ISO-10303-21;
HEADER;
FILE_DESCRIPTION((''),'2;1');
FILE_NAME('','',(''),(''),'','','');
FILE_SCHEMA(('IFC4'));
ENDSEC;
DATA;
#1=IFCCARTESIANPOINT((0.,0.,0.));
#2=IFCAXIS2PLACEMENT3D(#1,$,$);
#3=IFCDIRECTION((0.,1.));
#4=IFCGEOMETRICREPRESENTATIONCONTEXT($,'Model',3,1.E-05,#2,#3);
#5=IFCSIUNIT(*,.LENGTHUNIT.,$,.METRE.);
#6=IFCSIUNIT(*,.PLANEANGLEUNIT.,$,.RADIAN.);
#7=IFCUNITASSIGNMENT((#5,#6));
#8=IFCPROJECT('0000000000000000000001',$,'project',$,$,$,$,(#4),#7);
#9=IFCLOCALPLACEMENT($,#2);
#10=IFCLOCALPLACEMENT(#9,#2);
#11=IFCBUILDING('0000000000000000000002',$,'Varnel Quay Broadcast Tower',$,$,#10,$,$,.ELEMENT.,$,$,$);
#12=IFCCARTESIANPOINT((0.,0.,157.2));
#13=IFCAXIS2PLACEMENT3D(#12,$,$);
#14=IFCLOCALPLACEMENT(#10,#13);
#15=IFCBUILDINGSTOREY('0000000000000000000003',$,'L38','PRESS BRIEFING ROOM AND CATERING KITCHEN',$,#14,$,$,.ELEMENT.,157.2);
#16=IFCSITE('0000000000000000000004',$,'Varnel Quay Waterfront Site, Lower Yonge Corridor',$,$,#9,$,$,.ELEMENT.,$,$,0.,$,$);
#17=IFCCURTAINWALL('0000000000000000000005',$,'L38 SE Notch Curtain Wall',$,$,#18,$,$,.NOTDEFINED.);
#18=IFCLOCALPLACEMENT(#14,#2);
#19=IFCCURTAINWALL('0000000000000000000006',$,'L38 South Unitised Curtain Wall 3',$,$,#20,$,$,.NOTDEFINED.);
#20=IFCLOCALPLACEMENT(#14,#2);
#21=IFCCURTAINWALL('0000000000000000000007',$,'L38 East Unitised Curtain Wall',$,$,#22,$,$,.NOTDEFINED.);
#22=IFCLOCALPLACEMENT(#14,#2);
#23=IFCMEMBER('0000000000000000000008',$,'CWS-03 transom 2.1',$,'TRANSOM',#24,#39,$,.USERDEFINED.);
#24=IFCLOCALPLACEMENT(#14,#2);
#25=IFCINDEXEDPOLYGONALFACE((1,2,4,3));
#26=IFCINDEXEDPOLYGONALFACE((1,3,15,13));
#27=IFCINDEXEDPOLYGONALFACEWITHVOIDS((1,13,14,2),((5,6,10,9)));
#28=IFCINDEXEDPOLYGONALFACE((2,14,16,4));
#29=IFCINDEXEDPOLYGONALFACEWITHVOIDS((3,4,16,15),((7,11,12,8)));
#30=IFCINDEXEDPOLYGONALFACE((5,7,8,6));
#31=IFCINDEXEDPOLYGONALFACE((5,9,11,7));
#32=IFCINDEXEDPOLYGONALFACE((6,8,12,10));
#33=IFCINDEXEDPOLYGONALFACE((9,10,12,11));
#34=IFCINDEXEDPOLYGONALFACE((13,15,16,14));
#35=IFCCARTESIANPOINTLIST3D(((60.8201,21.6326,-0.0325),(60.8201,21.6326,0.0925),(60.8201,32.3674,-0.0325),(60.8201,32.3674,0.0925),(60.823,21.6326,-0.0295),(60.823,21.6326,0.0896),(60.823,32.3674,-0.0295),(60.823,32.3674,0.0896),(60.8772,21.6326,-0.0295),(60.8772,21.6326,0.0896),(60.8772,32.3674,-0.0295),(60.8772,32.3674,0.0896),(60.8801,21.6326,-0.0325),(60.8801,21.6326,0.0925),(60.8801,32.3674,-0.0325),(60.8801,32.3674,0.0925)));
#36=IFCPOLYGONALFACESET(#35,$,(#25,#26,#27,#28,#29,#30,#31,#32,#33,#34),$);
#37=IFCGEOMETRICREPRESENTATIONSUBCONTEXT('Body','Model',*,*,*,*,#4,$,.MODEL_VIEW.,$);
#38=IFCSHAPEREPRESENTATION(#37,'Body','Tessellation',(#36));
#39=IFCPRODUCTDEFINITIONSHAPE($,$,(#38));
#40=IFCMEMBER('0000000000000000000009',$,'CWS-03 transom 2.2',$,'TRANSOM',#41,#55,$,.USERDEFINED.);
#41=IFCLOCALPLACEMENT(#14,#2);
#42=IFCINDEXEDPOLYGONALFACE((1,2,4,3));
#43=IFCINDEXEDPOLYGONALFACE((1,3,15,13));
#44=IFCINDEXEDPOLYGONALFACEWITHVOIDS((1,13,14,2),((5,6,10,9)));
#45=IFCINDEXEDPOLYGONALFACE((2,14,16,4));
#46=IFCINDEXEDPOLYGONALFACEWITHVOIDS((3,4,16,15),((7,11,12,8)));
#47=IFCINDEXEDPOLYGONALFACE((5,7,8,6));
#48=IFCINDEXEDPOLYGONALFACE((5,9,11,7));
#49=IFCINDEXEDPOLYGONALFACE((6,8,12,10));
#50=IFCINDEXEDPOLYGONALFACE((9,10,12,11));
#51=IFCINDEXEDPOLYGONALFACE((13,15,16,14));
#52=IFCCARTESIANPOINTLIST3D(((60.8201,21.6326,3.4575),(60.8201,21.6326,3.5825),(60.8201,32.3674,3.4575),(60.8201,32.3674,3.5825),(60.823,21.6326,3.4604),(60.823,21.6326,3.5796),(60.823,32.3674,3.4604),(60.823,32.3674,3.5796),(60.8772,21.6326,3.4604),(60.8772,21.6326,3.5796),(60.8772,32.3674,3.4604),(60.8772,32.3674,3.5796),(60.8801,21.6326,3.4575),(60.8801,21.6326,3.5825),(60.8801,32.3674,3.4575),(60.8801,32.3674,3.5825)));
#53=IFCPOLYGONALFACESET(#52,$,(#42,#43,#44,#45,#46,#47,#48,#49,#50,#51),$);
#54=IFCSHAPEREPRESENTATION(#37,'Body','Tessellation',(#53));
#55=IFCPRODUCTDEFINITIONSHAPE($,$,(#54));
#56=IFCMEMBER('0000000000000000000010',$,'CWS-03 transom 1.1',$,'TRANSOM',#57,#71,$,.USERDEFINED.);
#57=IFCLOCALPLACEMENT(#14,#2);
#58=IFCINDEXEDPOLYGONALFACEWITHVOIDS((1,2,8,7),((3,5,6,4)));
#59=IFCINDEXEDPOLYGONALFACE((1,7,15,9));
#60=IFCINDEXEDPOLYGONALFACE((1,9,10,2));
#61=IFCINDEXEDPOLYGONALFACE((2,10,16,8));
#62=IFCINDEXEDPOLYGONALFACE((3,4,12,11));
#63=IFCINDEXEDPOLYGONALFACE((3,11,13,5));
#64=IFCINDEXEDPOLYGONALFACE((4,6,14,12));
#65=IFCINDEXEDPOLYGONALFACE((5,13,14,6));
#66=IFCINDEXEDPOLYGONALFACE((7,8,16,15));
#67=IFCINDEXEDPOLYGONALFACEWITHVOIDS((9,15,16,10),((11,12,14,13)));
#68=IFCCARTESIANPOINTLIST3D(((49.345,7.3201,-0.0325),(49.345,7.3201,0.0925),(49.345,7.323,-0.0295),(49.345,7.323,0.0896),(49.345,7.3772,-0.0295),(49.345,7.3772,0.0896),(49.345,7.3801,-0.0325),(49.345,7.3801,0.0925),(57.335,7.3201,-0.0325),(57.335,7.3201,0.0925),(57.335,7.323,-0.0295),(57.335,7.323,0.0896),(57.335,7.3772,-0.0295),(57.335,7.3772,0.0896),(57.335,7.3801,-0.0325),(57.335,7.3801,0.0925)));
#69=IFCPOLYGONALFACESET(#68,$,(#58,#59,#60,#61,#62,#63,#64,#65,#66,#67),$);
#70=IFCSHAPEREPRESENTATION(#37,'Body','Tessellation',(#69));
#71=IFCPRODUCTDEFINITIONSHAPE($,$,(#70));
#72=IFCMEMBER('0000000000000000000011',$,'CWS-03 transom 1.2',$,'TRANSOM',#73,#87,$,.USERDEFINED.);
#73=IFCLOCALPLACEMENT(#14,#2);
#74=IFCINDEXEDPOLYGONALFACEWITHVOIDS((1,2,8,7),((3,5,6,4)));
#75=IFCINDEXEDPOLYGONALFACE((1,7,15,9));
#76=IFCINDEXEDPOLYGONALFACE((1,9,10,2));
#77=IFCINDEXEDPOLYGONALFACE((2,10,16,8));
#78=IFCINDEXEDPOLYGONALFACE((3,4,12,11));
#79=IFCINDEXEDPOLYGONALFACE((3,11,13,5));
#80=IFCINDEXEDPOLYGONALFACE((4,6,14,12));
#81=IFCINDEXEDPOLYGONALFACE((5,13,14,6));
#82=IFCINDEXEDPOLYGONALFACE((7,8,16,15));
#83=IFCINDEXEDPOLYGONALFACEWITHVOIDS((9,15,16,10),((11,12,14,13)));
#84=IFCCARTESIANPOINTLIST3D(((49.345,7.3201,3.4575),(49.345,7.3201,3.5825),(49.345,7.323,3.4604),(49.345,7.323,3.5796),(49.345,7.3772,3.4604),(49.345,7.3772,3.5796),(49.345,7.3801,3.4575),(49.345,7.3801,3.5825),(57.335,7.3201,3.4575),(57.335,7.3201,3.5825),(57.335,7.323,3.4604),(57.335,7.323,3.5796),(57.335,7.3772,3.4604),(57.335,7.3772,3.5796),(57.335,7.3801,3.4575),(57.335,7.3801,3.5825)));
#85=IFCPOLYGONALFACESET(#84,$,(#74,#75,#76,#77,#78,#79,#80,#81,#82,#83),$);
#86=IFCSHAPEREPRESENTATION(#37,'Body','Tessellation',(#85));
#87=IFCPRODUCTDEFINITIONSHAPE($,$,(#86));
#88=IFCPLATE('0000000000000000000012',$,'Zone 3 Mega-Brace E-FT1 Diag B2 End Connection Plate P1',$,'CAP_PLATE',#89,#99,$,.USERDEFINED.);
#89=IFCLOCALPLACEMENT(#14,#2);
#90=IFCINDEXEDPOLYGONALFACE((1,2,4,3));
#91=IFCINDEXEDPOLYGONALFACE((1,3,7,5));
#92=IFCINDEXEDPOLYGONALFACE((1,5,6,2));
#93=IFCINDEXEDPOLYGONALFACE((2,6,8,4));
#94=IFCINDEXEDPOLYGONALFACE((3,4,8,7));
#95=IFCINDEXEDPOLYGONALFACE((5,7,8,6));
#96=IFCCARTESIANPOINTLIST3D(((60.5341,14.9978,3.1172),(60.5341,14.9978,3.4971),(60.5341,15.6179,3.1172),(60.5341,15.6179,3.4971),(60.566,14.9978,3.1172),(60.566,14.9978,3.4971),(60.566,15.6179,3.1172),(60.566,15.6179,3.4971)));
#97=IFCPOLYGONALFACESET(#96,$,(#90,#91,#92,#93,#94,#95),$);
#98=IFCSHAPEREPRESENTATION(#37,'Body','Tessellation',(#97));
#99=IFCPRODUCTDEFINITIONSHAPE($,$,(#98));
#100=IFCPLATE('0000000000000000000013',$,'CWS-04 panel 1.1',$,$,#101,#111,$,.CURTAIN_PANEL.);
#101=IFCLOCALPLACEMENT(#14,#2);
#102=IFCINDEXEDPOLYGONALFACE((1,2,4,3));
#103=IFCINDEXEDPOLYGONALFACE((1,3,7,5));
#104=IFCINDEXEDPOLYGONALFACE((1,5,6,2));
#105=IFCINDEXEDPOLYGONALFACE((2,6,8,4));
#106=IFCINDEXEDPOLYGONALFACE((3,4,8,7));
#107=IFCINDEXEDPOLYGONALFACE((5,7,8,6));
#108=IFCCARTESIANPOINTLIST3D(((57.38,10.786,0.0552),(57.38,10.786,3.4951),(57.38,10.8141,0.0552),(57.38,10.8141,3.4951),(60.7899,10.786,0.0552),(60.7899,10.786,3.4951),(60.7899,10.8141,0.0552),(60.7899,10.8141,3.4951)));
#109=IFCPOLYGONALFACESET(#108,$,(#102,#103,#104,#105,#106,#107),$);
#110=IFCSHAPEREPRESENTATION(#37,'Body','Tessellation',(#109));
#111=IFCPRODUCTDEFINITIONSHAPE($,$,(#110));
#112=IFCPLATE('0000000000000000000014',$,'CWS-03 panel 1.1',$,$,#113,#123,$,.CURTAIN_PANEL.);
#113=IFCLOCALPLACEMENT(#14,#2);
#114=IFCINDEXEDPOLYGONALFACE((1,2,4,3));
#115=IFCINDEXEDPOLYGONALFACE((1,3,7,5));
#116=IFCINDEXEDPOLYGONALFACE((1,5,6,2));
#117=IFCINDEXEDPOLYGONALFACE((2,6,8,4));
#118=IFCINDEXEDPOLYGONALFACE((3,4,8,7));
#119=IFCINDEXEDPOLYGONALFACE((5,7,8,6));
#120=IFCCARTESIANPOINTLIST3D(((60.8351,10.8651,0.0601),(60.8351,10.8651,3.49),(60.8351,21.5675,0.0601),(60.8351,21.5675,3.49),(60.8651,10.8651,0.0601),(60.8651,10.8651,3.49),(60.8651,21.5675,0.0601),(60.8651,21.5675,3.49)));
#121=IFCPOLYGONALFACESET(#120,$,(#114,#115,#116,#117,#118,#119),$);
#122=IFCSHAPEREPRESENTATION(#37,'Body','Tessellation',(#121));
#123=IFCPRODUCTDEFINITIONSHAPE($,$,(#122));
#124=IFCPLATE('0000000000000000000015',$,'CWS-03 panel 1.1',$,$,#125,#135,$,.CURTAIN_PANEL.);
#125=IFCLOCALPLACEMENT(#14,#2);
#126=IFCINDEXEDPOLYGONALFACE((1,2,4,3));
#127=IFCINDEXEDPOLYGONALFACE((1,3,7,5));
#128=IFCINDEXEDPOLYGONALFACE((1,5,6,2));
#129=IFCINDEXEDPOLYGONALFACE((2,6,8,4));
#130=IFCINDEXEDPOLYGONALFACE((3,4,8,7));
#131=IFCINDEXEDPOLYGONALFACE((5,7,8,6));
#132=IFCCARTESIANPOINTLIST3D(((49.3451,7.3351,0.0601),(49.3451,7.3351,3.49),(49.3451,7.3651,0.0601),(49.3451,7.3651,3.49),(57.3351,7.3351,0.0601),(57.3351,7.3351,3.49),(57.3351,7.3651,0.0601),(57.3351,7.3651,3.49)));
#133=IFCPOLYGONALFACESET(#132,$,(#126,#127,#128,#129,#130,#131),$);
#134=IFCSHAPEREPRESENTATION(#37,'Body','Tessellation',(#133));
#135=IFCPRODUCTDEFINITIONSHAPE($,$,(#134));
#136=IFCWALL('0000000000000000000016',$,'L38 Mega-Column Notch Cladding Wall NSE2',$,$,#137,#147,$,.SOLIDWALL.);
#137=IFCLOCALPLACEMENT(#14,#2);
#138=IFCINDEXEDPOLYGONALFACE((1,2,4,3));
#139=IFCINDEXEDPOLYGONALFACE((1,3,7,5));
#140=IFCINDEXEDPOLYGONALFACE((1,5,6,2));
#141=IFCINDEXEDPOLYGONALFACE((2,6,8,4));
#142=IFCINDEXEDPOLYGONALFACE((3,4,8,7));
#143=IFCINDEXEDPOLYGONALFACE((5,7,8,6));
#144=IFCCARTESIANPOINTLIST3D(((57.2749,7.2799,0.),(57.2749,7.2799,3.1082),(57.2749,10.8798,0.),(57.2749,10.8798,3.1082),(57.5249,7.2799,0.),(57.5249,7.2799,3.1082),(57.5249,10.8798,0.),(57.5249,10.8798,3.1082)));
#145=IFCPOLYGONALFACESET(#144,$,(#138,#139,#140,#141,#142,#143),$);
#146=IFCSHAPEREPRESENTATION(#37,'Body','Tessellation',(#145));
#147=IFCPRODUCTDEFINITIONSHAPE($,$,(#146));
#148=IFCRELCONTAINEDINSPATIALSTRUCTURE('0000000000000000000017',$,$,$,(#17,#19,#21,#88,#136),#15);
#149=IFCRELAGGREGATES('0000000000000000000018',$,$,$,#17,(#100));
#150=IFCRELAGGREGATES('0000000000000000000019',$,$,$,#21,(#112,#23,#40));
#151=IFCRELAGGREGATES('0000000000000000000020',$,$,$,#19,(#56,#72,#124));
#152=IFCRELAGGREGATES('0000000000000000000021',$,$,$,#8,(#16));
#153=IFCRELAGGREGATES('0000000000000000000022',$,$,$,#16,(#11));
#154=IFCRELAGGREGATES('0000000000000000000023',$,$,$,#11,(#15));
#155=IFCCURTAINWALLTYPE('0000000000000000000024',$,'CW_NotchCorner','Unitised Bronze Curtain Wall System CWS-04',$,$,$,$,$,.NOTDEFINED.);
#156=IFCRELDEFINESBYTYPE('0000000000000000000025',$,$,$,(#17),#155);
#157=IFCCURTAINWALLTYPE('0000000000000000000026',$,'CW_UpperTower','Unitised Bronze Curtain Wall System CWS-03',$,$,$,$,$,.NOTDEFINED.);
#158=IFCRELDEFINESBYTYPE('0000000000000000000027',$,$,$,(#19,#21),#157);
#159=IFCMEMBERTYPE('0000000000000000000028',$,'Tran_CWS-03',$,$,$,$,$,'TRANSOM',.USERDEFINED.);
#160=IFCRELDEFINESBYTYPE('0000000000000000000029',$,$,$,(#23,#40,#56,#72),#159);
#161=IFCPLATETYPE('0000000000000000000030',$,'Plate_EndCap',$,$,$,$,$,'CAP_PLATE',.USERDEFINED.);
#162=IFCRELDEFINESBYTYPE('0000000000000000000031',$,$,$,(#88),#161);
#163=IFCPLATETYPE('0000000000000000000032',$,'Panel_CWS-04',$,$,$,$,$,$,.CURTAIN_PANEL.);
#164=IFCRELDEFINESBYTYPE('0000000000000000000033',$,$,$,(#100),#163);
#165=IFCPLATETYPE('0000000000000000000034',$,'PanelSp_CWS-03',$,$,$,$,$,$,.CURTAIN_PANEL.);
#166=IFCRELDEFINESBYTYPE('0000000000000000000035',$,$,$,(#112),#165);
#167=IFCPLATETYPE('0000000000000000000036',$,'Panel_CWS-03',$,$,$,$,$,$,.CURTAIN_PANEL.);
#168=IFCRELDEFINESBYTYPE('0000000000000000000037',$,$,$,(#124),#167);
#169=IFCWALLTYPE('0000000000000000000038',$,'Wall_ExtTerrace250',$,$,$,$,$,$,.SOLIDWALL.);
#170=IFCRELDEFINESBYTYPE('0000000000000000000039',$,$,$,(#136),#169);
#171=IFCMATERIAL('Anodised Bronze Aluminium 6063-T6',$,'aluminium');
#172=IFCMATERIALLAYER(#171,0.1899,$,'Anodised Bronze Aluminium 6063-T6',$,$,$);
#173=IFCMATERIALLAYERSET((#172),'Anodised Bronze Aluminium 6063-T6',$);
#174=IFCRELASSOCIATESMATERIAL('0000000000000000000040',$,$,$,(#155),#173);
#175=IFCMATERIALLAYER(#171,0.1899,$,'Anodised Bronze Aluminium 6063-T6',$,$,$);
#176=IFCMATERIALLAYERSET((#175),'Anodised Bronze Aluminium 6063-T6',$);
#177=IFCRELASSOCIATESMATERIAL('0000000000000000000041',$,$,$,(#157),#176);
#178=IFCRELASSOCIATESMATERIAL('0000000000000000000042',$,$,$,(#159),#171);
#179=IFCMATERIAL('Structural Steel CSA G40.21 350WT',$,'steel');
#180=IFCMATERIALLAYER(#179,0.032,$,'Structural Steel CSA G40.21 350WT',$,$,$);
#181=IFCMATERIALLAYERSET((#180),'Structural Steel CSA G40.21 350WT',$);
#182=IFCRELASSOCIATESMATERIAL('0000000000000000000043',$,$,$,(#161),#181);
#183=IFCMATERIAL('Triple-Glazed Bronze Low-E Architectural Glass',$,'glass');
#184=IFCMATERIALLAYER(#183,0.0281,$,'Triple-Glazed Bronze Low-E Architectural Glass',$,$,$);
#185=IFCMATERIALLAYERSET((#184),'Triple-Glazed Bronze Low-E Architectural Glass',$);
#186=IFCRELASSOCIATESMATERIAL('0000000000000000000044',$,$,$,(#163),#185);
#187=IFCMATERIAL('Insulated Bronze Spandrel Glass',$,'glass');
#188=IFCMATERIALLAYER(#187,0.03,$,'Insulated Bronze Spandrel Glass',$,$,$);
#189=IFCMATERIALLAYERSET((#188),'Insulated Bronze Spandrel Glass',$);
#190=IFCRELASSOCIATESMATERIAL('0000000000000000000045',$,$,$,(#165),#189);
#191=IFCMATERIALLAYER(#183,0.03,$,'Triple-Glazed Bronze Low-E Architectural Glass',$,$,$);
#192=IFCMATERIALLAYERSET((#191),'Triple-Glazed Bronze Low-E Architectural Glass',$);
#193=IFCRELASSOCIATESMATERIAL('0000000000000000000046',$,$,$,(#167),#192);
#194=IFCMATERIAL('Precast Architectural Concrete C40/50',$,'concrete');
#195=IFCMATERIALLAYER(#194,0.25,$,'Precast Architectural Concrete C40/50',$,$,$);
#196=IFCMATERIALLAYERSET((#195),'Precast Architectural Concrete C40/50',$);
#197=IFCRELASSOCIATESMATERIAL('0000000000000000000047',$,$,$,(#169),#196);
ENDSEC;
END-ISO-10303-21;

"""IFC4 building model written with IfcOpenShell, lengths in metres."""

from ifc_helpers import new_model, si_unit, direction, frame, frame_2d, origin, origin_2d, place, context, subcontext, project, spatial, rectangle, hollow_rectangle, extrude, source, transform, mapped, material, layer, layer_set, material_profile, profile_set, type_object, type_shapes, element, aggregate, save


model = new_model("IFC4")

# Units and contexts
model_context = context("Model", 3, precision=1e-05, world=origin(), true_north=direction((0.0, 1.0)))
body_context = subcontext(model_context, "Body", "Model", "MODEL_VIEW")
ifc_project = project(units=[si_unit("LENGTHUNIT", "METRE"), si_unit("PLANEANGLEUNIT", "RADIAN")], contexts=[model_context])

# Site, building, storey
site_placement = place(None, origin())
site = spatial("IfcSite", under=ifc_project, at=site_placement, Name="Varnel Quay Waterfront Site, Lower Yonge Corridor", CompositionType="ELEMENT", RefElevation=0.0)
building_placement = place(site_placement, origin())
building = spatial("IfcBuilding", under=site, at=building_placement, Name="Varnel Quay Broadcast Tower", CompositionType="ELEMENT")
storey_placement = place(building_placement, frame((0.0, 0.0, 157.2)))
storey = spatial("IfcBuildingStorey", under=building, at=storey_placement, Name="L38", Description="PRESS BRIEFING ROOM AND CATERING KITCHEN", CompositionType="ELEMENT", Elevation=157.2)

# Shared definitions
ifc_material_1 = material(Name="Structural Steel CSA G40.21 350WT", Category="steel")

# Curtain walls, members
ifc_material_2 = material(Name="Anodised Bronze Aluminium 6063-T6", Category="aluminium")
ifc_layer_1 = layer(ifc_material_2, 0.1899, Name="Anodised Bronze Aluminium 6063-T6")
ifc_layer_set_1 = layer_set([ifc_layer_1], Name="Anodised Bronze Aluminium 6063-T6")
curtain_wall_type_1 = type_object("IfcCurtainWallType", Name="CW_NotchCorner", Description="Unitised Bronze Curtain Wall System CWS-04", PredefinedType="NOTDEFINED", material=ifc_layer_set_1)
curtain_wall_1_placement = place(storey_placement, origin())
curtain_wall_1 = element("IfcCurtainWall", 1, at=curtain_wall_1_placement, inside=storey, type_object=curtain_wall_type_1, Name="L38 SE Notch Curtain Wall", PredefinedType="NOTDEFINED")
ifc_layer_2 = layer(ifc_material_2, 0.1899, Name="Anodised Bronze Aluminium 6063-T6")
ifc_layer_set_2 = layer_set([ifc_layer_2], Name="Anodised Bronze Aluminium 6063-T6")
curtain_wall_type_2 = type_object("IfcCurtainWallType", Name="CW_UpperTower", Description="Unitised Bronze Curtain Wall System CWS-03", PredefinedType="NOTDEFINED", material=ifc_layer_set_2)
curtain_wall_2_placement = place(storey_placement, origin())
curtain_wall_2 = element("IfcCurtainWall", 2, at=curtain_wall_2_placement, inside=storey, type_object=curtain_wall_type_2, Name="L38 South Unitised Curtain Wall 3", PredefinedType="NOTDEFINED")
curtain_wall_3_placement = place(storey_placement, origin())
curtain_wall_3 = element("IfcCurtainWall", 3, at=curtain_wall_3_placement, inside=storey, type_object=curtain_wall_type_2, Name="L38 East Unitised Curtain Wall", PredefinedType="NOTDEFINED")
ifc_material_profile_1 = material_profile(ifc_material_2, hollow_rectangle(XDim=0.0601, YDim=0.125, WallThickness=0.0029, at=origin_2d()), Name="ALU60X125X3")
ifc_profile_set_1 = profile_set([ifc_material_profile_1], Name="Anodised Bronze Aluminium 6063-T6")
member_type_1 = type_object("IfcMemberType", Name="Tran_CWS-03", ElementType="TRANSOM", PredefinedType="USERDEFINED", material=ifc_profile_set_1)
shared_shape_1 = source(origin(), body_context, "Body", "SweptSolid", [
    extrude(hollow_rectangle(XDim=0.0601, YDim=0.125, WallThickness=0.0029, at=origin_2d()), origin(), (0.0, 0.0, 1.0), 10.7349),
])
member_1_placement = place(storey_placement, frame((60.8501, 21.6326, 0.03), z_axis=(0.0, 1.0, 0.0), x_axis=(-1.0, 0.0, 0.0)))
member_1 = element("IfcMember", 4, at=member_1_placement, type_object=member_type_1, Name="CWS-03 transom 2.1", ObjectType="TRANSOM", PredefinedType="USERDEFINED", context=body_context, shape_type="MappedRepresentation", body=[
    mapped(shared_shape_1, transform((0.0, 0.0, 0.0), x_axis=(1.0, 0.0, 0.0), y_axis=(0.0, 1.0, 0.0), z_axis=(0.0, 0.0, 1.0), scale=1.0)),
])
member_2_placement = place(storey_placement, frame((60.8501, 21.6326, 3.52), z_axis=(0.0, 1.0, 0.0), x_axis=(-1.0, 0.0, 0.0)))
member_2 = element("IfcMember", 5, at=member_2_placement, type_object=member_type_1, Name="CWS-03 transom 2.2", ObjectType="TRANSOM", PredefinedType="USERDEFINED", context=body_context, shape_type="MappedRepresentation", body=[
    mapped(shared_shape_1, transform((0.0, 0.0, 0.0), x_axis=(1.0, 0.0, 0.0), y_axis=(0.0, 1.0, 0.0), z_axis=(0.0, 0.0, 1.0), scale=1.0)),
])

# Members
shared_shape_2 = source(origin(), body_context, "Body", "SweptSolid", [
    extrude(hollow_rectangle(XDim=0.0601, YDim=0.125, WallThickness=0.0029, at=origin_2d()), origin(), (0.0, 0.0, 1.0), 7.99),
])
member_3_placement = place(storey_placement, frame((49.345, 7.3501, 0.03), z_axis=(1.0, 0.0, 0.0), x_axis=(0.0, 1.0, 0.0)))
member_3 = element("IfcMember", 6, at=member_3_placement, type_object=member_type_1, Name="CWS-03 transom 1.1", ObjectType="TRANSOM", PredefinedType="USERDEFINED", context=body_context, shape_type="MappedRepresentation", body=[
    mapped(shared_shape_2, transform((0.0, 0.0, 0.0), x_axis=(1.0, 0.0, 0.0), y_axis=(0.0, 1.0, 0.0), z_axis=(0.0, 0.0, 1.0), scale=1.0)),
])
member_4_placement = place(storey_placement, frame((49.345, 7.3501, 3.52), z_axis=(1.0, 0.0, 0.0), x_axis=(0.0, 1.0, 0.0)))
member_4 = element("IfcMember", 7, at=member_4_placement, type_object=member_type_1, Name="CWS-03 transom 1.2", ObjectType="TRANSOM", PredefinedType="USERDEFINED", context=body_context, shape_type="MappedRepresentation", body=[
    mapped(shared_shape_2, transform((0.0, 0.0, 0.0), x_axis=(1.0, 0.0, 0.0), y_axis=(0.0, 1.0, 0.0), z_axis=(0.0, 0.0, 1.0), scale=1.0)),
])

# Plates
ifc_layer_3 = layer(ifc_material_1, 0.032, Name="Structural Steel CSA G40.21 350WT")
ifc_layer_set_3 = layer_set([ifc_layer_3], Name="Structural Steel CSA G40.21 350WT")
plate_type_1 = type_object("IfcPlateType", Name="Plate_EndCap", ElementType="CAP_PLATE", PredefinedType="USERDEFINED", material=ifc_layer_set_3)
shared_shape_3 = source(origin(), body_context, "Body", "SweptSolid", [
    extrude(rectangle(XDim=0.6201, YDim=0.032, at=origin_2d()), origin(), (0.0, 0.0, 1.0), 0.3799),
])
type_shapes(plate_type_1, [shared_shape_3])
plate_1_placement = place(storey_placement, frame((60.55, 15.3079, 3.1172), z_axis=(0.0, 0.0, 1.0), x_axis=(0.0, 1.0, 0.0)))
element("IfcPlate", 8, at=plate_1_placement, inside=storey, type_object=plate_type_1, Name="Zone 3 Mega-Brace E-FT1 Diag B2 End Connection Plate P1", ObjectType="CAP_PLATE", PredefinedType="USERDEFINED", context=body_context, shape_type="MappedRepresentation", body=[
    mapped(shared_shape_3, transform((0.0, 0.0, 0.0), x_axis=(1.0, 0.0, 0.0), y_axis=(0.0, 1.0, 0.0), z_axis=(0.0, 0.0, 1.0), scale=1.0)),
])
ifc_material_3 = material(Name="Triple-Glazed Bronze Low-E Architectural Glass", Category="glass")
ifc_layer_4 = layer(ifc_material_3, 0.0281, Name="Triple-Glazed Bronze Low-E Architectural Glass")
ifc_layer_set_4 = layer_set([ifc_layer_4], Name="Triple-Glazed Bronze Low-E Architectural Glass")
plate_type_2 = type_object("IfcPlateType", Name="Panel_CWS-04", PredefinedType="CURTAIN_PANEL", material=ifc_layer_set_4)
shared_shape_4 = source(origin(), body_context, "Body", "SweptSolid", [
    extrude(rectangle(XDim=3.4099, YDim=0.0281, at=origin_2d()), origin(), (0.0, 0.0, 1.0), 3.4399),
])
type_shapes(plate_type_2, [shared_shape_4])
plate_2_placement = place(storey_placement, frame((59.085, 10.8, 0.0552), z_axis=(0.0, 0.0, 1.0), x_axis=(1.0, 0.0, 0.0)))
plate_2 = element("IfcPlate", 9, at=plate_2_placement, type_object=plate_type_2, Name="CWS-04 panel 1.1", PredefinedType="CURTAIN_PANEL", context=body_context, shape_type="MappedRepresentation", body=[
    mapped(shared_shape_4, transform((0.0, 0.0, 0.0), x_axis=(1.0, 0.0, 0.0), y_axis=(0.0, 1.0, 0.0), z_axis=(0.0, 0.0, 1.0), scale=1.0)),
])
aggregate(curtain_wall_1, [plate_2])
ifc_material_4 = material(Name="Insulated Bronze Spandrel Glass", Category="glass")
ifc_layer_5 = layer(ifc_material_4, 0.03, Name="Insulated Bronze Spandrel Glass")
ifc_layer_set_5 = layer_set([ifc_layer_5], Name="Insulated Bronze Spandrel Glass")
plate_type_3 = type_object("IfcPlateType", Name="PanelSp_CWS-03", PredefinedType="CURTAIN_PANEL", material=ifc_layer_set_5)
shared_shape_5 = source(origin(), body_context, "Body", "SweptSolid", [
    extrude(rectangle(XDim=10.7024, YDim=0.03, at=origin_2d()), origin(), (0.0, 0.0, 1.0), 3.4299),
])
type_shapes(plate_type_3, [shared_shape_5])
plate_3_placement = place(storey_placement, frame((60.8501, 16.2163, 0.0601), z_axis=(0.0, 0.0, 1.0), x_axis=(0.0, 1.0, 0.0)))
plate_3 = element("IfcPlate", 10, at=plate_3_placement, type_object=plate_type_3, Name="CWS-03 panel 1.1", PredefinedType="CURTAIN_PANEL", context=body_context, shape_type="MappedRepresentation", body=[
    mapped(shared_shape_5, transform((0.0, 0.0, 0.0), x_axis=(1.0, 0.0, 0.0), y_axis=(0.0, 1.0, 0.0), z_axis=(0.0, 0.0, 1.0), scale=1.0)),
])
aggregate(curtain_wall_3, [plate_3, member_1, member_2])
ifc_layer_6 = layer(ifc_material_3, 0.03, Name="Triple-Glazed Bronze Low-E Architectural Glass")
ifc_layer_set_6 = layer_set([ifc_layer_6], Name="Triple-Glazed Bronze Low-E Architectural Glass")
plate_type_4 = type_object("IfcPlateType", Name="Panel_CWS-03", PredefinedType="CURTAIN_PANEL", material=ifc_layer_set_6)
shared_shape_6 = source(origin(), body_context, "Body", "SweptSolid", [
    extrude(rectangle(XDim=7.99, YDim=0.03, at=origin_2d()), origin(), (0.0, 0.0, 1.0), 3.4299),
])
type_shapes(plate_type_4, [shared_shape_6])
plate_4_placement = place(storey_placement, frame((53.3401, 7.3501, 0.0601), z_axis=(0.0, 0.0, 1.0), x_axis=(1.0, 0.0, 0.0)))
plate_4 = element("IfcPlate", 11, at=plate_4_placement, type_object=plate_type_4, Name="CWS-03 panel 1.1", PredefinedType="CURTAIN_PANEL", context=body_context, shape_type="MappedRepresentation", body=[
    mapped(shared_shape_6, transform((0.0, 0.0, 0.0), x_axis=(1.0, 0.0, 0.0), y_axis=(0.0, 1.0, 0.0), z_axis=(0.0, 0.0, 1.0), scale=1.0)),
])
aggregate(curtain_wall_2, [member_3, member_4, plate_4])

# Wall
ifc_material_5 = material(Name="Precast Architectural Concrete C40/50", Category="concrete")
ifc_layer_7 = layer(ifc_material_5, 0.25, Name="Precast Architectural Concrete C40/50")
ifc_layer_set_7 = layer_set([ifc_layer_7], Name="Precast Architectural Concrete C40/50")
wall_type = type_object("IfcWallType", Name="Wall_ExtTerrace250", PredefinedType="SOLIDWALL", material=ifc_layer_set_7)
wall_placement = place(storey_placement, frame((57.3999, 7.28, 0.0), z_axis=(0.0, 0.0, 1.0), x_axis=(0.0, 1.0, 0.0)))
element("IfcWall", 12, at=wall_placement, inside=storey, type_object=wall_type, Name="L38 Mega-Column Notch Cladding Wall NSE2", PredefinedType="SOLIDWALL", context=body_context, shape_type="SweptSolid", body=[
    extrude(rectangle(XDim=3.5999, YDim=0.25, at=frame_2d((1.7998, 0.0))), origin(), (0.0, 0.0, 1.0), 3.1082),
])

save(model, "model.ifc")
